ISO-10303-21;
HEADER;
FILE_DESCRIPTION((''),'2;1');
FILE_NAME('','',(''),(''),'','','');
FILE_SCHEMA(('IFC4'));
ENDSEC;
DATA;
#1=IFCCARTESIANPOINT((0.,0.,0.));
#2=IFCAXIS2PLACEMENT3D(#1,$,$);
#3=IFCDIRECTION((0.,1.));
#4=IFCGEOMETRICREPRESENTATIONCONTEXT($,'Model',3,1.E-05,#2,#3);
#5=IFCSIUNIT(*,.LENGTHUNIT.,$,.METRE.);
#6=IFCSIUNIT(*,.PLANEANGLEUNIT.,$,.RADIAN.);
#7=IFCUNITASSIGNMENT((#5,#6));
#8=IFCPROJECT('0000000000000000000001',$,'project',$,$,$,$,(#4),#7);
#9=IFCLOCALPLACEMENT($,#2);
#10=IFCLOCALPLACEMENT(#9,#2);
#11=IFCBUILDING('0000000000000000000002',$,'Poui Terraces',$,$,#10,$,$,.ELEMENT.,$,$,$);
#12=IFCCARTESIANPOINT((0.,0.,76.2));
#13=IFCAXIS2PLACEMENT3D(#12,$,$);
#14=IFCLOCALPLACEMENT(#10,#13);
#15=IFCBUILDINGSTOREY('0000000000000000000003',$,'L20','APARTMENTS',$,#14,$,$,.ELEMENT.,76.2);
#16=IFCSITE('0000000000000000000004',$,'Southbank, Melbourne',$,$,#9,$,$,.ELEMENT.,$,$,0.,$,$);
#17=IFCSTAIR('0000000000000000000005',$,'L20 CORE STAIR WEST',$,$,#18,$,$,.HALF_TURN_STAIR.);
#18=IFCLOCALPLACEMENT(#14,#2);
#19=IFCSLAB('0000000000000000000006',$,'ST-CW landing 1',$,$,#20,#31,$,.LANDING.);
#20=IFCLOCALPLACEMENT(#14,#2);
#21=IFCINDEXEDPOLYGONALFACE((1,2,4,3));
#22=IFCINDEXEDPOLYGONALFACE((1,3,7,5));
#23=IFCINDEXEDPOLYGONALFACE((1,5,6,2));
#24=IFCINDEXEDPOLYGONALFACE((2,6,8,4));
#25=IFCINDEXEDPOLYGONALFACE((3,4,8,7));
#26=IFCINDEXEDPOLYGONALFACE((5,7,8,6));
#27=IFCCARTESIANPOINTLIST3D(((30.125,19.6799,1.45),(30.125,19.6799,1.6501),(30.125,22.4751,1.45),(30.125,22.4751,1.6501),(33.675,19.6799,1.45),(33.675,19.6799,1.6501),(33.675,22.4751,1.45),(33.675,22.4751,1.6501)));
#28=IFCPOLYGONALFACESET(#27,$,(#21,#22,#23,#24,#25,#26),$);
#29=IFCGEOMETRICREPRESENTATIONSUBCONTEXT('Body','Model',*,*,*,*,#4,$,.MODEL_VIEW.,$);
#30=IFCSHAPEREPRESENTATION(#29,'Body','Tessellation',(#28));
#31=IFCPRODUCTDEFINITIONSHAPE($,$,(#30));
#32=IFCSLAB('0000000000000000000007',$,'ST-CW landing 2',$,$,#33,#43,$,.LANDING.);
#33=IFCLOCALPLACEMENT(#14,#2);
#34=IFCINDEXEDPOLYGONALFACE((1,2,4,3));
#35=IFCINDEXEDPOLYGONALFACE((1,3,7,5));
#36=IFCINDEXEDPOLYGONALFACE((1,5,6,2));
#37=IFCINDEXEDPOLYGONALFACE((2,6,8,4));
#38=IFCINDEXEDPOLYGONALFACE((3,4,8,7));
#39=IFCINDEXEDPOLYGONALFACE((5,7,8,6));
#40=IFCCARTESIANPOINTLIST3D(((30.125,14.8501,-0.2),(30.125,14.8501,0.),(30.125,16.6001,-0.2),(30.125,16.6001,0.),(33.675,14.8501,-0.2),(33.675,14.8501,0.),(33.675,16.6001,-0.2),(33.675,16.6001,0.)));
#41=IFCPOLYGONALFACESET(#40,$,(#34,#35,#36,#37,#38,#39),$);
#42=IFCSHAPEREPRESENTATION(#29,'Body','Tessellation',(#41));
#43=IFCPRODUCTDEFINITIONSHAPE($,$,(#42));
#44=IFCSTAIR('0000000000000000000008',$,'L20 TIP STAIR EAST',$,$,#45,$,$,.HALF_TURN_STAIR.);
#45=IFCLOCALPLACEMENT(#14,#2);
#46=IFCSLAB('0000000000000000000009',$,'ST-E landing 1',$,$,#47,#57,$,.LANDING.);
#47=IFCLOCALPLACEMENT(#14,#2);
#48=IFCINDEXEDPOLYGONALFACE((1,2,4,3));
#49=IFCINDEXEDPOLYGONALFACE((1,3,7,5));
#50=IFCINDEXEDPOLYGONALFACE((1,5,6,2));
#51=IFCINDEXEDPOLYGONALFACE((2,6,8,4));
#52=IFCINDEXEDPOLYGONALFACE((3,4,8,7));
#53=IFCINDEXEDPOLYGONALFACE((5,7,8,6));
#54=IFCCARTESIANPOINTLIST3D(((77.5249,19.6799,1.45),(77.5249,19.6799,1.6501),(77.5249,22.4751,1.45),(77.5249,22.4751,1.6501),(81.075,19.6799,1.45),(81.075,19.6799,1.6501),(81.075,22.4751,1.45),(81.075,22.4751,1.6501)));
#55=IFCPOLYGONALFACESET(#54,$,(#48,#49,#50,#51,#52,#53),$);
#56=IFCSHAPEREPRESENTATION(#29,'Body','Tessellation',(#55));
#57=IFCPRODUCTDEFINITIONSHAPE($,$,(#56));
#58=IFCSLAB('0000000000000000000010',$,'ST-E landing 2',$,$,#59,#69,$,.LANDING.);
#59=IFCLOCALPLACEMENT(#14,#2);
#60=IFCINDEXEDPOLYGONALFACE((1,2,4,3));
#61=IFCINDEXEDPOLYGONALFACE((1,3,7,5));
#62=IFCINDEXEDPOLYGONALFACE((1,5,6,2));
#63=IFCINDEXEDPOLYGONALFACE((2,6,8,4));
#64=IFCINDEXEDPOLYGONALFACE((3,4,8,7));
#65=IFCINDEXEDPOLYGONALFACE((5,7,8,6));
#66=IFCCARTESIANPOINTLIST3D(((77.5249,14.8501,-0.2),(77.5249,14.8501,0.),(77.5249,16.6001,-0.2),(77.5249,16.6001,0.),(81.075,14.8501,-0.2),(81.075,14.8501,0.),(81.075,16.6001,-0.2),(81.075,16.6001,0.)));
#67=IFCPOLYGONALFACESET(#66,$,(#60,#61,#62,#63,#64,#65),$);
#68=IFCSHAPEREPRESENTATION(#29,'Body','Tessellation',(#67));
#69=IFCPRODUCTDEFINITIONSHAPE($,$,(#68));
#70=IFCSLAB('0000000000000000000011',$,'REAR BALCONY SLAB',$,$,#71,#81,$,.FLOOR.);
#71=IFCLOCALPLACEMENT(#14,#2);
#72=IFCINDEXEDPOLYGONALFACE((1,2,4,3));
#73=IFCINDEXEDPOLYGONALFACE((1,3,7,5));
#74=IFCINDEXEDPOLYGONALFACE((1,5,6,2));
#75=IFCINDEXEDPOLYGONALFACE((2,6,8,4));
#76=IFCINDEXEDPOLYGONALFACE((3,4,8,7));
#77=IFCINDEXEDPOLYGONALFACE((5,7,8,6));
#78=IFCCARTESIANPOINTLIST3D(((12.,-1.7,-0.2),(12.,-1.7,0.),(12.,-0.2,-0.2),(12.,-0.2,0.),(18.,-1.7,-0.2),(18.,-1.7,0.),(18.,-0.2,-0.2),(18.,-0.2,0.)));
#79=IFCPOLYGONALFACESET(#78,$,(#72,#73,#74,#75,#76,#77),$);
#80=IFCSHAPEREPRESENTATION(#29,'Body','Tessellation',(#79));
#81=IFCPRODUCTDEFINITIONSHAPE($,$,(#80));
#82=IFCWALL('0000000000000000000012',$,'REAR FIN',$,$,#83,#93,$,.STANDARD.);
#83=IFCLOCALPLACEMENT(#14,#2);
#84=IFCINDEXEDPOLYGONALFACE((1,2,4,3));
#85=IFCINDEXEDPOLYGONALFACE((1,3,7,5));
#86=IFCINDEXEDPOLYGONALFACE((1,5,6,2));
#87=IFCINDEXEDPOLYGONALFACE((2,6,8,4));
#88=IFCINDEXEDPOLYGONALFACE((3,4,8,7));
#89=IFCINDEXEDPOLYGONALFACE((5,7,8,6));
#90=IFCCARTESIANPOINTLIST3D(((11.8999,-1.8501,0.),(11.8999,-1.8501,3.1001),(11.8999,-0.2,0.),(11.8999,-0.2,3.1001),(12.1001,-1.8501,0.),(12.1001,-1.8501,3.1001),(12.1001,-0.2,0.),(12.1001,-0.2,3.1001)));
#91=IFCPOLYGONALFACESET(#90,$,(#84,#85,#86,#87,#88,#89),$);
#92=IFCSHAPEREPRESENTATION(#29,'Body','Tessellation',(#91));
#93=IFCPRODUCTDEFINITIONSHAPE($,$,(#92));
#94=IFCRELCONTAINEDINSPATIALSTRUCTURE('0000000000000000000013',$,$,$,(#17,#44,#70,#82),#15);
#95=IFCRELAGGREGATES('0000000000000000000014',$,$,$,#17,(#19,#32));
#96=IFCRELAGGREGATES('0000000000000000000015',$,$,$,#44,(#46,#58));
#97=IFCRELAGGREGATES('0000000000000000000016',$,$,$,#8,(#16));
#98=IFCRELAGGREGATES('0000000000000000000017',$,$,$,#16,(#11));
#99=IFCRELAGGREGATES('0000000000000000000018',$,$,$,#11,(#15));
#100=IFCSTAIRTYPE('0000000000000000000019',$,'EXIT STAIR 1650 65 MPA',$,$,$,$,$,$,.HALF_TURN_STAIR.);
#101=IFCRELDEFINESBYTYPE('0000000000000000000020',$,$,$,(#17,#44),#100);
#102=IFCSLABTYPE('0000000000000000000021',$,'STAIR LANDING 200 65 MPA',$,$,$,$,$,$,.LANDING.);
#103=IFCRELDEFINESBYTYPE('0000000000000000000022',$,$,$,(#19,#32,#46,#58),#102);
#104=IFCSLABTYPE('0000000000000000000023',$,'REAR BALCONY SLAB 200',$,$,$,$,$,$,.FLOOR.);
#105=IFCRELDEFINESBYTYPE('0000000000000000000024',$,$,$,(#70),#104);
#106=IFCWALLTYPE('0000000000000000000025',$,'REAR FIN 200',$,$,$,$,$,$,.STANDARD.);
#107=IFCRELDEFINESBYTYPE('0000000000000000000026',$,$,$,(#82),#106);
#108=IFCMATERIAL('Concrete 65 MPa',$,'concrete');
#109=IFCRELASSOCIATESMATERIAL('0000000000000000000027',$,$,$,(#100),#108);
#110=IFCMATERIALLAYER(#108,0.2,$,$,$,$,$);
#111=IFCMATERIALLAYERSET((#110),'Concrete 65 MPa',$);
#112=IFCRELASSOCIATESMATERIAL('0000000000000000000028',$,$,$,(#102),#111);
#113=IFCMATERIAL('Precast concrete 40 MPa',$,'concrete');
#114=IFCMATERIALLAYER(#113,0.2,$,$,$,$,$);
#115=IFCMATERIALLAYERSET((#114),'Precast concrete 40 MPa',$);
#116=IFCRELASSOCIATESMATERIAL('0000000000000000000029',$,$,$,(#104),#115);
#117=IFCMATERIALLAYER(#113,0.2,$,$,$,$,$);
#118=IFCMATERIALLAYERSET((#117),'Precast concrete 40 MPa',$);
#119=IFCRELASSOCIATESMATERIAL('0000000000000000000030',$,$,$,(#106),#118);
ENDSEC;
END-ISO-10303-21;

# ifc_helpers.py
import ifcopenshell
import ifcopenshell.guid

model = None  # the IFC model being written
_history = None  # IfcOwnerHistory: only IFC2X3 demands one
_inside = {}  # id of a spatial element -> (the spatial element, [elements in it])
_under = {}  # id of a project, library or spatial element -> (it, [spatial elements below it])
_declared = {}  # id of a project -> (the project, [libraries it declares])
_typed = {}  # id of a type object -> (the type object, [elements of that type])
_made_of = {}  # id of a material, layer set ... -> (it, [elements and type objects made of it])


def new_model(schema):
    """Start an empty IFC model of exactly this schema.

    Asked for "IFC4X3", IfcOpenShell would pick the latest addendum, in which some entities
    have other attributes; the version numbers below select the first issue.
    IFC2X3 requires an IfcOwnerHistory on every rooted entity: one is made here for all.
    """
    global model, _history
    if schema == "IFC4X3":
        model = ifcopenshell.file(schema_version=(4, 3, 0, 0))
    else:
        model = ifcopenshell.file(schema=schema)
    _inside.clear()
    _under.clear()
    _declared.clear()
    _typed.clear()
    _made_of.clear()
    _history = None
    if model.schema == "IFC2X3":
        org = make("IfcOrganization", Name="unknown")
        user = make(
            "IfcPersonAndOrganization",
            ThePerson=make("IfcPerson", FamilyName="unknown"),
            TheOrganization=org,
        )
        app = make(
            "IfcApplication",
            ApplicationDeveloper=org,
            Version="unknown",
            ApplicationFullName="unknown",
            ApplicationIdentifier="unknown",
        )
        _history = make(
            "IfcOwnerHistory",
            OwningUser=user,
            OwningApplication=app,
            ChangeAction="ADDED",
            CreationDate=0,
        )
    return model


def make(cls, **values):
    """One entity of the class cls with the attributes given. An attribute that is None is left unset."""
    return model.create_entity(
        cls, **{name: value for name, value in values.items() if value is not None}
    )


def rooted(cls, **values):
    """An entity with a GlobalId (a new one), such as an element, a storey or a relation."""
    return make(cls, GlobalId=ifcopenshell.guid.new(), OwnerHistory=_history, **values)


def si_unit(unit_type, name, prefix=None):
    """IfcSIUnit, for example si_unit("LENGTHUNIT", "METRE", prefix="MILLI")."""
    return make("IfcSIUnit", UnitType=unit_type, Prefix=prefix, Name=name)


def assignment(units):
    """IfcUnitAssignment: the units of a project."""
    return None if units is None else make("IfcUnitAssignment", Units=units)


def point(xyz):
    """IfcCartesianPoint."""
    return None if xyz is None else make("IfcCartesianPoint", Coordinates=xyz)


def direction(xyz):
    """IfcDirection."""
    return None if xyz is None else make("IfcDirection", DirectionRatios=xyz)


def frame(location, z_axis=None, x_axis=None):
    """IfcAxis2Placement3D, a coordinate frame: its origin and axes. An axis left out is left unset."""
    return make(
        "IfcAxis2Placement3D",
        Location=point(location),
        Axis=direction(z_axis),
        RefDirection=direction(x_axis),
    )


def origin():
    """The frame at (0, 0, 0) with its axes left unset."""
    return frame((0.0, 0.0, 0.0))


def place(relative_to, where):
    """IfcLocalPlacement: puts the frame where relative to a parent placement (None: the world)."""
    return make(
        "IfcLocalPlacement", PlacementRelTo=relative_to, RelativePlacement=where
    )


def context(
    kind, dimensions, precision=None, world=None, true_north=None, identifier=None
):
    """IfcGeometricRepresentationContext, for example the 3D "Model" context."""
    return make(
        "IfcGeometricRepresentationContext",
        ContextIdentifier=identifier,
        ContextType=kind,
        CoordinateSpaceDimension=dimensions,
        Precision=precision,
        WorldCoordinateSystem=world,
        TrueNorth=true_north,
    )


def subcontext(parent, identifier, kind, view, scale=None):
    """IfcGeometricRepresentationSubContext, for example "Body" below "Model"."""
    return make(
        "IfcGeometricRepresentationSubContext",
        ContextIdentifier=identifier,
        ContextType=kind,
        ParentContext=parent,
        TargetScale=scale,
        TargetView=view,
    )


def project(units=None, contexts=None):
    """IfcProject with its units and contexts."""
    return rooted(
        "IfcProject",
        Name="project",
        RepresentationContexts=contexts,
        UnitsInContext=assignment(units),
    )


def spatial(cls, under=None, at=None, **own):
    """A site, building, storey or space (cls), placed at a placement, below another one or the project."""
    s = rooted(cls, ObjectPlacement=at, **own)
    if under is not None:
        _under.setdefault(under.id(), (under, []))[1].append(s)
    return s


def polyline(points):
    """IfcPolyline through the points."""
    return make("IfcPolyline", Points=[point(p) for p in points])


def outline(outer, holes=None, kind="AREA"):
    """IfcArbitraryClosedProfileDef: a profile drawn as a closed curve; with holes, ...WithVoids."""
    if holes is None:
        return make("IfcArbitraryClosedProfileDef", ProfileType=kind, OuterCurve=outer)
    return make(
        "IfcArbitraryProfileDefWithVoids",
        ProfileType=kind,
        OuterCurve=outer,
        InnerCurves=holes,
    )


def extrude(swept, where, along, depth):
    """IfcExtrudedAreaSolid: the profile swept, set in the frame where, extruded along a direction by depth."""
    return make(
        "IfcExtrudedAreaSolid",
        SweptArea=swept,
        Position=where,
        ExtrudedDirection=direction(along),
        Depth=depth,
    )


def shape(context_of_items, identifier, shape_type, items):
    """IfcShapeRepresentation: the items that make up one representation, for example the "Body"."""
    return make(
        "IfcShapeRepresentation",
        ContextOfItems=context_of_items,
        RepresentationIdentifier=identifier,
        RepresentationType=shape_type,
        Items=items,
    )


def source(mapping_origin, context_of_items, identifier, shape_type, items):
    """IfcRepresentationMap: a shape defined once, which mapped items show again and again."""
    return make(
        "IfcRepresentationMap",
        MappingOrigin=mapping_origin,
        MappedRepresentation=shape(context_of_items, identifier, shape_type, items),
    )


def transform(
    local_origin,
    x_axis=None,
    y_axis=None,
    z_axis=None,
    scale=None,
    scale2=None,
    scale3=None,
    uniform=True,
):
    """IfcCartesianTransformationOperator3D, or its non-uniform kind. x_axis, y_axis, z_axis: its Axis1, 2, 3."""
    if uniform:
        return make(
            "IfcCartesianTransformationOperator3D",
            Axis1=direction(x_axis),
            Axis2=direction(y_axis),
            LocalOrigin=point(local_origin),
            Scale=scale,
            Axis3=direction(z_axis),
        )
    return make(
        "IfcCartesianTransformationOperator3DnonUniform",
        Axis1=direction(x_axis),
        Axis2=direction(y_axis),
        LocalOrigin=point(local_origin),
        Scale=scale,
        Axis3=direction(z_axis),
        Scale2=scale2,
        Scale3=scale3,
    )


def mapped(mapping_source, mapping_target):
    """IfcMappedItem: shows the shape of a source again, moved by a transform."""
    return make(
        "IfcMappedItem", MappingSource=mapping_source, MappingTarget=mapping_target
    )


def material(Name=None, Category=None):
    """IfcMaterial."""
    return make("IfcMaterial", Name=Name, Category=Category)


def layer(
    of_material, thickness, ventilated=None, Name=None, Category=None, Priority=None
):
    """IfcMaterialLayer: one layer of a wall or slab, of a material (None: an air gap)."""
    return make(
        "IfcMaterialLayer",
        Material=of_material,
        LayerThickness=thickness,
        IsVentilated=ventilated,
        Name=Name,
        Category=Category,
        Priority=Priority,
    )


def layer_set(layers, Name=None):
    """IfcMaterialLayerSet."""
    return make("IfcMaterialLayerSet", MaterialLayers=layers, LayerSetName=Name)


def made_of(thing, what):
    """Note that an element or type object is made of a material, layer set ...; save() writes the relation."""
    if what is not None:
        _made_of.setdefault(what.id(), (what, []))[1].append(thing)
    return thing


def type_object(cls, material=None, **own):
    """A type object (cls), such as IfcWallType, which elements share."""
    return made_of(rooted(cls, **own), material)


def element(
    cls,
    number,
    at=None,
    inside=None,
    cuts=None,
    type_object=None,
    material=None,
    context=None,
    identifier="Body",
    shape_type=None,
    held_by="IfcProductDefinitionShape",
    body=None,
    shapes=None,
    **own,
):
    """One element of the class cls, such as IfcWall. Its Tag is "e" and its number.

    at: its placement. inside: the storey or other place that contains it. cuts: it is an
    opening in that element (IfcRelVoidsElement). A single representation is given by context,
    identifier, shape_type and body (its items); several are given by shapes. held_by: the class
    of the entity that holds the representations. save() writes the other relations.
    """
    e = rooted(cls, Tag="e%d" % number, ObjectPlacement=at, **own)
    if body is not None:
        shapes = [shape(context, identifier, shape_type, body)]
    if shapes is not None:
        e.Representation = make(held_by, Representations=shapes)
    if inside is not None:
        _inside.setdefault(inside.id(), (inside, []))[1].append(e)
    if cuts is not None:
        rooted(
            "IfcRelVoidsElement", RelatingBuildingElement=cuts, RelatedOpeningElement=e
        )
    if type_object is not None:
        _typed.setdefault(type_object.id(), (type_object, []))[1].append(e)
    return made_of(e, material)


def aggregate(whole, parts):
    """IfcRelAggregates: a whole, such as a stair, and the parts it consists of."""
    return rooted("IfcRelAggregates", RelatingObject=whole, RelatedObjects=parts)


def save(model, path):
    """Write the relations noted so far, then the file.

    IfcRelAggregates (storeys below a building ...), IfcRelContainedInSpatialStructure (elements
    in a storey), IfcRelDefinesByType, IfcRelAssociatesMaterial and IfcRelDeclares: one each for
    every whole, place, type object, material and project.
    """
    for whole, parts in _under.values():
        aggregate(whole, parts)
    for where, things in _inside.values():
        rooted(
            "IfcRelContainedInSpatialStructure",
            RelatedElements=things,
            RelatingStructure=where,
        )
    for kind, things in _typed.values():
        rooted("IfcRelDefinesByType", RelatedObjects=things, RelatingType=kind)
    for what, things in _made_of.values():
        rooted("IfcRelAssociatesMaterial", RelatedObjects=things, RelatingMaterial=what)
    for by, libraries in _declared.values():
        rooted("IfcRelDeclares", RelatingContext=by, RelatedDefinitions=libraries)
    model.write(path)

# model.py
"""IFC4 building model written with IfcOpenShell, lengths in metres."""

from ifc_helpers import new_model, si_unit, direction, frame, origin, place, context, subcontext, project, spatial, polyline, outline, extrude, source, transform, mapped, material, layer, layer_set, type_object, element, aggregate, save


model = new_model("IFC4")

# Units and contexts
model_context = context("Model", 3, precision=1e-05, world=origin(), true_north=direction((0.0, 1.0)))
body_context = subcontext(model_context, "Body", "Model", "MODEL_VIEW")
ifc_project = project(units=[si_unit("LENGTHUNIT", "METRE"), si_unit("PLANEANGLEUNIT", "RADIAN")], contexts=[model_context])

# Site, building, storey
site_placement = place(None, origin())
site = spatial("IfcSite", under=ifc_project, at=site_placement, Name="Southbank, Melbourne", CompositionType="ELEMENT", RefElevation=0.0)
building_placement = place(site_placement, origin())
building = spatial("IfcBuilding", under=site, at=building_placement, Name="Poui Terraces", CompositionType="ELEMENT")
storey_placement = place(building_placement, frame((0.0, 0.0, 76.2)))
storey = spatial("IfcBuildingStorey", under=building, at=storey_placement, Name="L20", Description="APARTMENTS", CompositionType="ELEMENT", Elevation=76.2)

# Stairs, slabs
ifc_material_1 = material(Name="Concrete 65 MPa", Category="concrete")
stair_type = type_object("IfcStairType", Name="EXIT STAIR 1650 65 MPA", PredefinedType="HALF_TURN_STAIR", material=ifc_material_1)
stair_1_placement = place(storey_placement, origin())
stair_1 = element("IfcStair", 1, at=stair_1_placement, inside=storey, type_object=stair_type, Name="L20 CORE STAIR WEST", PredefinedType="HALF_TURN_STAIR")
ifc_layer_1 = layer(ifc_material_1, 0.2)
ifc_layer_set_1 = layer_set([ifc_layer_1], Name="Concrete 65 MPa")
slab_type_1 = type_object("IfcSlabType", Name="STAIR LANDING 200 65 MPA", PredefinedType="LANDING", material=ifc_layer_set_1)
slab_1_placement = place(storey_placement, frame((0.0, 0.0, 1.45)))
slab_1 = element("IfcSlab", 2, at=slab_1_placement, type_object=slab_type_1, Name="ST-CW landing 1", PredefinedType="LANDING", context=body_context, shape_type="SweptSolid", body=[
    extrude(outline(polyline([(30.125, 19.6799), (33.675, 19.6799), (33.675, 22.4751), (30.125, 22.4751), (30.125, 19.6799)])), origin(), (0.0, 0.0, 1.0), 0.2002),
])
slab_2_placement = place(storey_placement, frame((0.0, 0.0, -0.2)))
slab_2 = element("IfcSlab", 3, at=slab_2_placement, type_object=slab_type_1, Name="ST-CW landing 2", PredefinedType="LANDING", context=body_context, shape_type="SweptSolid", body=[
    extrude(outline(polyline([(30.125, 14.8501), (33.675, 14.8501), (33.675, 16.6001), (30.125, 16.6001), (30.125, 14.8501)])), origin(), (0.0, 0.0, 1.0), 0.2),
])
aggregate(stair_1, [slab_1, slab_2])
stair_2_placement = place(storey_placement, origin())
stair_2 = element("IfcStair", 4, at=stair_2_placement, inside=storey, type_object=stair_type, Name="L20 TIP STAIR EAST", PredefinedType="HALF_TURN_STAIR")
slab_3_placement = place(storey_placement, frame((0.0, 0.0, 1.45)))
slab_3 = element("IfcSlab", 5, at=slab_3_placement, type_object=slab_type_1, Name="ST-E landing 1", PredefinedType="LANDING", context=body_context, shape_type="SweptSolid", body=[
    extrude(outline(polyline([(77.5249, 19.6799), (81.075, 19.6799), (81.075, 22.4751), (77.5249, 22.4751), (77.5249, 19.6799)])), origin(), (0.0, 0.0, 1.0), 0.2002),
])
slab_4_placement = place(storey_placement, frame((0.0, 0.0, -0.2)))
slab_4 = element("IfcSlab", 6, at=slab_4_placement, type_object=slab_type_1, Name="ST-E landing 2", PredefinedType="LANDING", context=body_context, shape_type="SweptSolid", body=[
    extrude(outline(polyline([(77.5249, 14.8501), (81.075, 14.8501), (81.075, 16.6001), (77.5249, 16.6001), (77.5249, 14.8501)])), origin(), (0.0, 0.0, 1.0), 0.2),
])
aggregate(stair_2, [slab_3, slab_4])

# Slab
ifc_material_2 = material(Name="Precast concrete 40 MPa", Category="concrete")
ifc_layer_2 = layer(ifc_material_2, 0.2)
ifc_layer_set_2 = layer_set([ifc_layer_2], Name="Precast concrete 40 MPa")
slab_type_2 = type_object("IfcSlabType", Name="REAR BALCONY SLAB 200", PredefinedType="FLOOR", material=ifc_layer_set_2)
shared_shape_1 = source(origin(), body_context, "Body", "SweptSolid", [
    extrude(outline(polyline([(0.0, 0.0), (6.0, 0.0), (6.0, 1.5), (0.0, 1.5), (0.0, 0.0)])), origin(), (0.0, 0.0, 1.0), 0.2),
])
slab_5_placement = place(storey_placement, frame((12.0, -1.7, -0.2)))
element("IfcSlab", 7, at=slab_5_placement, inside=storey, type_object=slab_type_2, Name="REAR BALCONY SLAB", PredefinedType="FLOOR", context=body_context, shape_type="MappedRepresentation", body=[
    mapped(shared_shape_1, transform((0.0, 0.0, 0.0))),
])

# Wall
ifc_layer_3 = layer(ifc_material_2, 0.2)
ifc_layer_set_3 = layer_set([ifc_layer_3], Name="Precast concrete 40 MPa")
wall_type = type_object("IfcWallType", Name="REAR FIN 200", PredefinedType="STANDARD", material=ifc_layer_set_3)
shared_shape_2 = source(origin(), body_context, "Body", "SweptSolid", [
    extrude(outline(polyline([(0.0, 0.0), (0.2002, 0.0), (0.2002, 1.6501), (0.0, 1.6501), (0.0, 0.0)])), origin(), (0.0, 0.0, 1.0), 3.1001),
])
wall_placement = place(storey_placement, frame((11.8999, -1.8501, 0.0)))
element("IfcWall", 8, at=wall_placement, inside=storey, type_object=wall_type, Name="REAR FIN", PredefinedType="STANDARD", context=body_context, shape_type="MappedRepresentation", body=[
    mapped(shared_shape_2, transform((0.0, 0.0, 0.0))),
])

save(model, "model.ifc")
